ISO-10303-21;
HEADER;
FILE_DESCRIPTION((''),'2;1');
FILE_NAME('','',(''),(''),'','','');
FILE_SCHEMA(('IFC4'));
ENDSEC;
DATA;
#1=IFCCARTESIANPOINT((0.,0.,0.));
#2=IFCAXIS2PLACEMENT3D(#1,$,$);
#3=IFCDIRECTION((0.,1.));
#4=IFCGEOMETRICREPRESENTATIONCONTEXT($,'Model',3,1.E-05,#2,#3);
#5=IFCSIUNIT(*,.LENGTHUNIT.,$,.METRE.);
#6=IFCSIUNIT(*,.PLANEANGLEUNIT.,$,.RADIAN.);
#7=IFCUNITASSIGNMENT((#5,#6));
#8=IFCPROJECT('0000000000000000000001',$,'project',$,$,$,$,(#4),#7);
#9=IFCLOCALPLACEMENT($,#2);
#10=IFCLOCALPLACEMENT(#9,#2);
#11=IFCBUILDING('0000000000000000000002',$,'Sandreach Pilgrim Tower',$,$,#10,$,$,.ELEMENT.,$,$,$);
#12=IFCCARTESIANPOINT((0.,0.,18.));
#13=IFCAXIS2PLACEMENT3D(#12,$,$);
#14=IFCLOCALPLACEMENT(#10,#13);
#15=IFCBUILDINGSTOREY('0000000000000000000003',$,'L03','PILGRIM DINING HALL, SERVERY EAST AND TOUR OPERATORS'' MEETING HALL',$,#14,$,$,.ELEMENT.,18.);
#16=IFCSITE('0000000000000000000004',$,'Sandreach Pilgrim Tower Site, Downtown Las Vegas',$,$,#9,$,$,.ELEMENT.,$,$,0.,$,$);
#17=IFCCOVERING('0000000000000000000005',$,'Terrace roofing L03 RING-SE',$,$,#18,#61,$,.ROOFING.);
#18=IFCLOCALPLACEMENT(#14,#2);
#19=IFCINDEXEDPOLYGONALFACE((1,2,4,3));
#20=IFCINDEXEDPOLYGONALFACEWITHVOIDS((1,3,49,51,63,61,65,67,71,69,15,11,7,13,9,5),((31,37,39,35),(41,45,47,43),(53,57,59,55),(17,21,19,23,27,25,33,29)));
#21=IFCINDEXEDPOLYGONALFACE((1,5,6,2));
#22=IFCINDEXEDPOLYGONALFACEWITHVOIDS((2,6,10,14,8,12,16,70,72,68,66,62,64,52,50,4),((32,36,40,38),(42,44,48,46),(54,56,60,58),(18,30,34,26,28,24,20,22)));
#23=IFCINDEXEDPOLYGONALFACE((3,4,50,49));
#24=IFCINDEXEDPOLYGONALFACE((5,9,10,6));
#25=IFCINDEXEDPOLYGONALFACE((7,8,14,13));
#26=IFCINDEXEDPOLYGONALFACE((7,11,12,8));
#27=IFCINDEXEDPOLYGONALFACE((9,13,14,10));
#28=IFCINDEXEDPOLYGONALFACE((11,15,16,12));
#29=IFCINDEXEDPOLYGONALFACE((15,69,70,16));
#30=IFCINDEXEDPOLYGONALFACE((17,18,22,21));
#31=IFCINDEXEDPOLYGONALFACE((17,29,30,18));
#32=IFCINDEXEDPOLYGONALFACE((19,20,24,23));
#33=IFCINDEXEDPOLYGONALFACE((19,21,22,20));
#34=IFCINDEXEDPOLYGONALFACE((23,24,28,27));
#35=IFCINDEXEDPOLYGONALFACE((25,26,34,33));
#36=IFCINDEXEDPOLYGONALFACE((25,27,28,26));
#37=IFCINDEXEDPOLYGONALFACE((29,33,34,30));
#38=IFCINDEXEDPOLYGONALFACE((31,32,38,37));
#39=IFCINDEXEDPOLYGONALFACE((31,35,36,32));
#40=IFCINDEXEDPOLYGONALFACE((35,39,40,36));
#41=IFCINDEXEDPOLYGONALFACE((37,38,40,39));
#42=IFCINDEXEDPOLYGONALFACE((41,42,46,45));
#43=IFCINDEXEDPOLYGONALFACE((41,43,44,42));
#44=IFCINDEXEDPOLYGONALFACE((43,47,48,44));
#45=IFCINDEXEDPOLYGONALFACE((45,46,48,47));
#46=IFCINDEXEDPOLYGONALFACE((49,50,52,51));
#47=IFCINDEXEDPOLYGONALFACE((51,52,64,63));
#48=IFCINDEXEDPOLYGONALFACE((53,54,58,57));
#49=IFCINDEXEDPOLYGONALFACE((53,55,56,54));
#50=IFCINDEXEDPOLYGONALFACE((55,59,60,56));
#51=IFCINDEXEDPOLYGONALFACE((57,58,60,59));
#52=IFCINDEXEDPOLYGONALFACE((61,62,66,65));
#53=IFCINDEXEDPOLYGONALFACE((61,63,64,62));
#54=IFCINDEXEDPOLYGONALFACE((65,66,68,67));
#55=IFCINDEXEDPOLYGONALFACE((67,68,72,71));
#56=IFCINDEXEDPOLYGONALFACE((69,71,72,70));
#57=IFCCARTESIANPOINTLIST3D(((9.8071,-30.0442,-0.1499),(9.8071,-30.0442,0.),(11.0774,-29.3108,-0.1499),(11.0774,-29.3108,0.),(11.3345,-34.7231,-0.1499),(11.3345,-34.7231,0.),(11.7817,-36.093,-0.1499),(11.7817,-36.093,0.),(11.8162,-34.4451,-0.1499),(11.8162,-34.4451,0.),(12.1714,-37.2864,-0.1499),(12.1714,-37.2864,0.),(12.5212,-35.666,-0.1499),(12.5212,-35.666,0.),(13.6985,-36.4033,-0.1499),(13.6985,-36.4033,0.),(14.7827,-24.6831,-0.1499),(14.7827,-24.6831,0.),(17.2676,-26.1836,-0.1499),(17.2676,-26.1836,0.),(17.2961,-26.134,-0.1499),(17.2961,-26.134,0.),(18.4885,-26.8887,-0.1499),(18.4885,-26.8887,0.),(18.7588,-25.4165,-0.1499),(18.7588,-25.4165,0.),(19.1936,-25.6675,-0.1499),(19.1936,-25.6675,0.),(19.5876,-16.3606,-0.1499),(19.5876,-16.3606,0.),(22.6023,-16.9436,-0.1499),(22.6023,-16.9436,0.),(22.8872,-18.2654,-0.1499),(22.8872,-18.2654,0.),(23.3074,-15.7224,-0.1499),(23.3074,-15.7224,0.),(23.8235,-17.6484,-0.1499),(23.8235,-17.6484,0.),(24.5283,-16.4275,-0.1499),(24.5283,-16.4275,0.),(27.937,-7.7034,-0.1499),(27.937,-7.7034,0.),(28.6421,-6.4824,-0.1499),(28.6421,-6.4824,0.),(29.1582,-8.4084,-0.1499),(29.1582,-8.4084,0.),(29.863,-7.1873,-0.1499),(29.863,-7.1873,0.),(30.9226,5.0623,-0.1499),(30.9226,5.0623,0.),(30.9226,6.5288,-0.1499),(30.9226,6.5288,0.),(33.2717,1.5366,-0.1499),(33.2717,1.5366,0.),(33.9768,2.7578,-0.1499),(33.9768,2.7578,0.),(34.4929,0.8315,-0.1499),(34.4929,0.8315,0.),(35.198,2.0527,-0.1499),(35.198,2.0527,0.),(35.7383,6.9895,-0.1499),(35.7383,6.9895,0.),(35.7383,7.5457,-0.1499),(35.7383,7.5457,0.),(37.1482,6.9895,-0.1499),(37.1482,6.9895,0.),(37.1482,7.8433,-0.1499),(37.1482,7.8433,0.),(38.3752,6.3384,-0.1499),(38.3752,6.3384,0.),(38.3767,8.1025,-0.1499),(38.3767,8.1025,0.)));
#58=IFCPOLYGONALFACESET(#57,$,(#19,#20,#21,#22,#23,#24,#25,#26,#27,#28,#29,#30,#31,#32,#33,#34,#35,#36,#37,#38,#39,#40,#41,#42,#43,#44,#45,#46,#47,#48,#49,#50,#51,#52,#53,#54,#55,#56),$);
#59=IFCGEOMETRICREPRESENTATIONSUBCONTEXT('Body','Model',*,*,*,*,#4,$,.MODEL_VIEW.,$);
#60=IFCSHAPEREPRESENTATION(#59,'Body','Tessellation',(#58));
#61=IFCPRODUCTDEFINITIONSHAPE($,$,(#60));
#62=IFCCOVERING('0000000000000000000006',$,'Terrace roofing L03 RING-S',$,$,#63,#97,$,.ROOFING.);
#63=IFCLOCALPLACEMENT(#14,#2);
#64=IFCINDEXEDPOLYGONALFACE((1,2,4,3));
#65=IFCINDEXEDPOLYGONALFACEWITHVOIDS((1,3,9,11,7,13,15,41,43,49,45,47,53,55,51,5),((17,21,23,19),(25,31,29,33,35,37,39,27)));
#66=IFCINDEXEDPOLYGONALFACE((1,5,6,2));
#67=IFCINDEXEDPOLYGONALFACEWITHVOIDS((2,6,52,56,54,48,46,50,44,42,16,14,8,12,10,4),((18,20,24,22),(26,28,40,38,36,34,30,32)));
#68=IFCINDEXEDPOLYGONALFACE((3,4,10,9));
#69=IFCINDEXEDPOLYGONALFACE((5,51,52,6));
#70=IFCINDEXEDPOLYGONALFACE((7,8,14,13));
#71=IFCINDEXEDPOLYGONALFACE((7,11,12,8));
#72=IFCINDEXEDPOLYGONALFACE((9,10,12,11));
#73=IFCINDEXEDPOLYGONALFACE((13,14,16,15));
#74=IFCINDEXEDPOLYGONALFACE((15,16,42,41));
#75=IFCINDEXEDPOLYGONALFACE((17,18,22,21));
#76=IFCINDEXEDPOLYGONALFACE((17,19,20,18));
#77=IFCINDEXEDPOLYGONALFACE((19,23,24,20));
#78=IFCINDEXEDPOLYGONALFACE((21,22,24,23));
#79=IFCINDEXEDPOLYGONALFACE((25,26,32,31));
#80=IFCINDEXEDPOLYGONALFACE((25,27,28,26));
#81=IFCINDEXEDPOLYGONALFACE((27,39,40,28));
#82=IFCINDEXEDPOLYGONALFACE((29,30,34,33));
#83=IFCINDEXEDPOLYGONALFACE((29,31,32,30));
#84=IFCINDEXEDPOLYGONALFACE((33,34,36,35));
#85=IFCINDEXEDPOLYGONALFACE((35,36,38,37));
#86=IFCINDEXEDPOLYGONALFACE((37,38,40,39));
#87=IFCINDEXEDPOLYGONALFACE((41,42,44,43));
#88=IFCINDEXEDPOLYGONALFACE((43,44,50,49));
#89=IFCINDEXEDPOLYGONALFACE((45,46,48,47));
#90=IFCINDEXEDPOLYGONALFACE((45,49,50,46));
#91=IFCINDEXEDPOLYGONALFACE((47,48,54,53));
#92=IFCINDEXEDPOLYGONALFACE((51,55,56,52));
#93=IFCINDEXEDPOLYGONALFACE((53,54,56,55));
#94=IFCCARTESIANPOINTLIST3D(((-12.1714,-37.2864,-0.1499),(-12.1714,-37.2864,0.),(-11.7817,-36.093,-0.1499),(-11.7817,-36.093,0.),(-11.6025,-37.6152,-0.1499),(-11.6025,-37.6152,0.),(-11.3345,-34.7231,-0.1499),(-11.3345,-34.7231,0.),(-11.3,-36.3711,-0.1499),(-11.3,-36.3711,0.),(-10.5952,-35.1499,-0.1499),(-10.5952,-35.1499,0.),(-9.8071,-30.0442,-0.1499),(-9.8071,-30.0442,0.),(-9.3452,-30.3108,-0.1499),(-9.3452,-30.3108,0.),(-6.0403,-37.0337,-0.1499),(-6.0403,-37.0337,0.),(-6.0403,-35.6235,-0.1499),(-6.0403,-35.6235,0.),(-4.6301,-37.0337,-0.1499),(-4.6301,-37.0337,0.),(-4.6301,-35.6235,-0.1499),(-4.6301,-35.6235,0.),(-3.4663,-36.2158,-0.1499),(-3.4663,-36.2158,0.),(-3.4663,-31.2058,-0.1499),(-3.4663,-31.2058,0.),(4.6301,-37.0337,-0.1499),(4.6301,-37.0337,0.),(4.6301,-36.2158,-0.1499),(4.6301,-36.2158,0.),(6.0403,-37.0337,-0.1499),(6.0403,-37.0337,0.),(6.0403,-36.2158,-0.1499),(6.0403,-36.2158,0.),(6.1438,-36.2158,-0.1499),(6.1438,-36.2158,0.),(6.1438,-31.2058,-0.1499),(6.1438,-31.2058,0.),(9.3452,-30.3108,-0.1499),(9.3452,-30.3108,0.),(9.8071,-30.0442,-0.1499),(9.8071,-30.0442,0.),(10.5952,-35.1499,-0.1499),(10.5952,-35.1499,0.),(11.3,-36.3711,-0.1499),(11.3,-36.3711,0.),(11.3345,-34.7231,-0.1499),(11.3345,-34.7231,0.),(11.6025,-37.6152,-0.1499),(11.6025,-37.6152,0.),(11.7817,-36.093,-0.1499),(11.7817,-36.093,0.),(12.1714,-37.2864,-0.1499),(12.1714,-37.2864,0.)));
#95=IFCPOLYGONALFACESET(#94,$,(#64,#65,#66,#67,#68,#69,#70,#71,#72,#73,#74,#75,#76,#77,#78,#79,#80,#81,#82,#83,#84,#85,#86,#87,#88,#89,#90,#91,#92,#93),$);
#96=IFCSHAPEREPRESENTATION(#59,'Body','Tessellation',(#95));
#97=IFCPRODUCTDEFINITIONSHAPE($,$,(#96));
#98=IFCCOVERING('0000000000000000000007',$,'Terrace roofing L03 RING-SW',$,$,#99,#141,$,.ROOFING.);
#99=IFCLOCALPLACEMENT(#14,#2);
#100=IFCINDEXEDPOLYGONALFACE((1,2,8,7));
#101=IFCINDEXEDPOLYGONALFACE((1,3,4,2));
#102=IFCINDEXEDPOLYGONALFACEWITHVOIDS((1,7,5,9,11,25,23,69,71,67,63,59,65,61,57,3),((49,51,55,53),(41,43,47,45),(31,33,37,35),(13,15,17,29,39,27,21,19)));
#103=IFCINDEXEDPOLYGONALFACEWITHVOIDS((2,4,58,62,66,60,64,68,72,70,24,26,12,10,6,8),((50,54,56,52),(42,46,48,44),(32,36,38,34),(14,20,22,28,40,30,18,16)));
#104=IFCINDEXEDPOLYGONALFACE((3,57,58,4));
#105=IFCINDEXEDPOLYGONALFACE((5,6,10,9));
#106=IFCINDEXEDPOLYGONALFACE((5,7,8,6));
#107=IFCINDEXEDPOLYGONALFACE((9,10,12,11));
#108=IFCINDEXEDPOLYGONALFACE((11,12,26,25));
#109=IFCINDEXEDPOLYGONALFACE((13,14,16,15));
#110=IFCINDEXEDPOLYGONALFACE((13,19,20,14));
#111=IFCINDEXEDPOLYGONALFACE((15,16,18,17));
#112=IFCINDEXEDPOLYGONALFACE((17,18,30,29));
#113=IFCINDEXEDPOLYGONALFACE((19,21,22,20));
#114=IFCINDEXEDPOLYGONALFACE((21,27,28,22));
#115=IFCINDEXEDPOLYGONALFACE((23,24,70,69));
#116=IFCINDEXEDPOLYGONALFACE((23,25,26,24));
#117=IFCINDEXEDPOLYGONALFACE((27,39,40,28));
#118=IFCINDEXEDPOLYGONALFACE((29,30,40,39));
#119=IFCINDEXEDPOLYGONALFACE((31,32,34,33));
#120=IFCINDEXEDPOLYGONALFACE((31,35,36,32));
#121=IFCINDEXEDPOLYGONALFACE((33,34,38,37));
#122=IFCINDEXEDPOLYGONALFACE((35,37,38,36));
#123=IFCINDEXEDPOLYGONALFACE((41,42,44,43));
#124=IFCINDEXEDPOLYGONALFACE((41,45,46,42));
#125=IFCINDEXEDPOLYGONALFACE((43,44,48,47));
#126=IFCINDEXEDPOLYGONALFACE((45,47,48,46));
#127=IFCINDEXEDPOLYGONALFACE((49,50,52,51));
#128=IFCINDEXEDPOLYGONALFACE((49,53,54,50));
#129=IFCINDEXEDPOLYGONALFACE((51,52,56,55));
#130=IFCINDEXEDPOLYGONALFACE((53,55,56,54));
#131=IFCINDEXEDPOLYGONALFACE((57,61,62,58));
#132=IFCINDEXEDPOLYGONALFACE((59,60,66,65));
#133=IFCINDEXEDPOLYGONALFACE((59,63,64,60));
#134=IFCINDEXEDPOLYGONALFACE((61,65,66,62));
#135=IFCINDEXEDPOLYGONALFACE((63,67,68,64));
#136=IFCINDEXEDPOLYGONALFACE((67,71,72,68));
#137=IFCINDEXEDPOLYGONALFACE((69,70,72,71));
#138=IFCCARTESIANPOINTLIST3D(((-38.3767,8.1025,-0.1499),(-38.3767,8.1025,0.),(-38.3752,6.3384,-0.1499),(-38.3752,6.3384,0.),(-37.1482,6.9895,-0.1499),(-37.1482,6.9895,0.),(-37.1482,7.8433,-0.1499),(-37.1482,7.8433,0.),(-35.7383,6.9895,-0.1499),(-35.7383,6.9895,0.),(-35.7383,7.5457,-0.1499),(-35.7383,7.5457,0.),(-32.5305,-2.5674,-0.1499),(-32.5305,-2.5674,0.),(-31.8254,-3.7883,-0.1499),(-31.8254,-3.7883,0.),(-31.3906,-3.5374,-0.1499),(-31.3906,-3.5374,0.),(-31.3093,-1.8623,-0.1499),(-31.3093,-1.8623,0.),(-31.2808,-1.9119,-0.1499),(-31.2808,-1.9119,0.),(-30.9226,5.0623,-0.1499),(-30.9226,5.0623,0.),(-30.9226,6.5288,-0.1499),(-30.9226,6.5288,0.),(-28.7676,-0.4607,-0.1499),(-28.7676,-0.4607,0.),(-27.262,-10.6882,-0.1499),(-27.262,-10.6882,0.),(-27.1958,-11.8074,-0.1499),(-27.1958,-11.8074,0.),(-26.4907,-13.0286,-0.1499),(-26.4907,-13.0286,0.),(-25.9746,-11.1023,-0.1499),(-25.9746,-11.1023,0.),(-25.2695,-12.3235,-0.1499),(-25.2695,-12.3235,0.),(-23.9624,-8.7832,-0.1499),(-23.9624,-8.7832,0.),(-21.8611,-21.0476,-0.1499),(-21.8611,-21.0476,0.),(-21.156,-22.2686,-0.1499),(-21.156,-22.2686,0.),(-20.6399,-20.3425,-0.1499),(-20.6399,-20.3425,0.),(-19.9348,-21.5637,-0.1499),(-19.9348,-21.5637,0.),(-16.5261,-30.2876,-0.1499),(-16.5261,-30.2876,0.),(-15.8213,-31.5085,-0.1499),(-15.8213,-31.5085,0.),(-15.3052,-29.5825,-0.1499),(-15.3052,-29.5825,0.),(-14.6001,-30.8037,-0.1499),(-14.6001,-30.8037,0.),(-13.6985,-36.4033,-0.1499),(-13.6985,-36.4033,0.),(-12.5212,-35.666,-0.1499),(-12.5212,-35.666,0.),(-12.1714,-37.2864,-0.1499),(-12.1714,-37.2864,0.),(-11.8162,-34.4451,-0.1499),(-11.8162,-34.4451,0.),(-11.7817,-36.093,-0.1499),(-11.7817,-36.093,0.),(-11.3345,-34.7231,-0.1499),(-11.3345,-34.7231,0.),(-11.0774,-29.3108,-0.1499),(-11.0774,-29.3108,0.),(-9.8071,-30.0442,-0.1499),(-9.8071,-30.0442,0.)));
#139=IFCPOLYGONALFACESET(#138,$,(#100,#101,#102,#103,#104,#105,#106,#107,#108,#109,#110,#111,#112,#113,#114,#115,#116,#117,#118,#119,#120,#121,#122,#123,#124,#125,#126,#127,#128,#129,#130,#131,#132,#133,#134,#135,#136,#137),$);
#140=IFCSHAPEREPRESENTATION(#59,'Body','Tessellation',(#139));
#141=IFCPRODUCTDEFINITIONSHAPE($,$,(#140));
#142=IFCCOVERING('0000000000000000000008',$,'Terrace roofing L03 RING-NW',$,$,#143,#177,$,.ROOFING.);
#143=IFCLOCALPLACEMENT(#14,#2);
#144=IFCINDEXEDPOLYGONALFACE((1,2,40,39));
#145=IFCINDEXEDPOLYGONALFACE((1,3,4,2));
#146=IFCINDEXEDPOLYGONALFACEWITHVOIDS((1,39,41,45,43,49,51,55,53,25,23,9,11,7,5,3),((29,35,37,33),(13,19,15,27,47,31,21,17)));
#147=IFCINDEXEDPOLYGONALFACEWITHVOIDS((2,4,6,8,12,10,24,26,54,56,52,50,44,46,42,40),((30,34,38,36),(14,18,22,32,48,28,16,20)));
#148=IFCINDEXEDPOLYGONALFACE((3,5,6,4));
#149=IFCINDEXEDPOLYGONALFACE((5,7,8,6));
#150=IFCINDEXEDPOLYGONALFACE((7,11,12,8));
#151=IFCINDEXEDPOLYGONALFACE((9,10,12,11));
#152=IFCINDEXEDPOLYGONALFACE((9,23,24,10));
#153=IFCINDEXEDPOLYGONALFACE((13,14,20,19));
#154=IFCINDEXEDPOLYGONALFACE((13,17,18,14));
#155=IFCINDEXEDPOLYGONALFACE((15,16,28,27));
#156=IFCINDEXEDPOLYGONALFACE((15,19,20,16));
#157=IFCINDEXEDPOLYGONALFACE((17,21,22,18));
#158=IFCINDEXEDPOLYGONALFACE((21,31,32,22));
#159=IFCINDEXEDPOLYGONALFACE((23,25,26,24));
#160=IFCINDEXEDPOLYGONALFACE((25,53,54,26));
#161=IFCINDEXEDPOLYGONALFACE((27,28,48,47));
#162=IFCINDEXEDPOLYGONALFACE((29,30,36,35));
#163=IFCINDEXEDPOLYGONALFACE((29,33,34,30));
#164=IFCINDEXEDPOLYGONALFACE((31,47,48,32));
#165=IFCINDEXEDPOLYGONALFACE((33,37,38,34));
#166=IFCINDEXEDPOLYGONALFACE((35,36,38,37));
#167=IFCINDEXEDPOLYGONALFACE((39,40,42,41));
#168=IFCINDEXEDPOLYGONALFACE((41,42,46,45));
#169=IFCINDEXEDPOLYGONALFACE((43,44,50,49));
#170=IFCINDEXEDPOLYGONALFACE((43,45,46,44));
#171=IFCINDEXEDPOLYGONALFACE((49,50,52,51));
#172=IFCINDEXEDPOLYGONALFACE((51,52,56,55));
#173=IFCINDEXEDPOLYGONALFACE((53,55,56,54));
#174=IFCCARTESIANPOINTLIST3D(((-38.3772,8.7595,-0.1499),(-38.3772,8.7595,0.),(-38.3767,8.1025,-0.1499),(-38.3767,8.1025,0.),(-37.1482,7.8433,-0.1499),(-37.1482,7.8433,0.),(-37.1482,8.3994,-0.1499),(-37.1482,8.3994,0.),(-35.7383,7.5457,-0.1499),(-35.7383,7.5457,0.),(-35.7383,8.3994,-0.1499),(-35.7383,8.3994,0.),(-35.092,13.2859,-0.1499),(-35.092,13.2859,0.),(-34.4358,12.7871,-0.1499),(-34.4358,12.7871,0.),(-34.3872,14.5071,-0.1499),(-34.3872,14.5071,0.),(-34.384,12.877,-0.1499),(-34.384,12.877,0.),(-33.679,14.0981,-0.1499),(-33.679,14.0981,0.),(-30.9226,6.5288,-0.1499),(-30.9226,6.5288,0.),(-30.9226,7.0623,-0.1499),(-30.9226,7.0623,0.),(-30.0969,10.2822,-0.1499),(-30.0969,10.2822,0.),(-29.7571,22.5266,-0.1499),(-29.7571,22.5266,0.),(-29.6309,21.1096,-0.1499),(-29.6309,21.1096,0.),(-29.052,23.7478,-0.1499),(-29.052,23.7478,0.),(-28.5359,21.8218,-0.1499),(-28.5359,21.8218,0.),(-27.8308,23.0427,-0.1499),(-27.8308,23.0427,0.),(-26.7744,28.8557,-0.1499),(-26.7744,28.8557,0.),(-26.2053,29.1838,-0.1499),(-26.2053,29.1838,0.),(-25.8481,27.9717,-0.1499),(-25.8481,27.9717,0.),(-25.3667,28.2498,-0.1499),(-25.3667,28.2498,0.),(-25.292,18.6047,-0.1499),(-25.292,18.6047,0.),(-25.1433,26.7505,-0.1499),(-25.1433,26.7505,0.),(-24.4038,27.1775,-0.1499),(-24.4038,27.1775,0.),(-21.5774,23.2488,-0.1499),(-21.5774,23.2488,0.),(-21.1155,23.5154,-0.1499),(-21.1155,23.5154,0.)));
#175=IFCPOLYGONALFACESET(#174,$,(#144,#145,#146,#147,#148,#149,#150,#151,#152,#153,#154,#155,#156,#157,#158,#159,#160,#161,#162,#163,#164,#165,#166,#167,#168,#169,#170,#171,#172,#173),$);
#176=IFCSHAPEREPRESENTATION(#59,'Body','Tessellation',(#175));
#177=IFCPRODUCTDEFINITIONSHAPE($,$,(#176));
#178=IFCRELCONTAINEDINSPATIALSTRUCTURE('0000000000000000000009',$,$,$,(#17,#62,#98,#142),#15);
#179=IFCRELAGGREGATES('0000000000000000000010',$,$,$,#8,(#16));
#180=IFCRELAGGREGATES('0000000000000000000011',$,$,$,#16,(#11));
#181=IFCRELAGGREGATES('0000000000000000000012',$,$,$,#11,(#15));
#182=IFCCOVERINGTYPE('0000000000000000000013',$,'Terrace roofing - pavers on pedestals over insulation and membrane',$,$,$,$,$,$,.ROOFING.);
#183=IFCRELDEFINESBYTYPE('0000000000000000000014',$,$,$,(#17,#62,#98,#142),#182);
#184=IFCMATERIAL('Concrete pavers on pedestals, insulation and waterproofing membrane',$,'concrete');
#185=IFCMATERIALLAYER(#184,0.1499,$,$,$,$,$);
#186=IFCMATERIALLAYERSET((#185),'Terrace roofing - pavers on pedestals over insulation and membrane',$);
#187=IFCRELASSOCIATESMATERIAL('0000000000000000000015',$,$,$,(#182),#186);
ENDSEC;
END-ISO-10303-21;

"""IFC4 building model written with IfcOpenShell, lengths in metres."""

from ifc_helpers import new_model, si_unit, direction, frame, origin, place, context, subcontext, project, spatial, polyline, outline, extrude, material, layer, layer_set, type_object, element, save


model = new_model("IFC4")

# Units and contexts
model_context = context("Model", 3, precision=1e-05, world=origin(), true_north=direction((0.0, 1.0)))
body_context = subcontext(model_context, "Body", "Model", "MODEL_VIEW")
ifc_project = project(units=[si_unit("LENGTHUNIT", "METRE"), si_unit("PLANEANGLEUNIT", "RADIAN")], contexts=[model_context])

# Site, building, storey
site_placement = place(None, origin())
site = spatial("IfcSite", under=ifc_project, at=site_placement, Name="Sandreach Pilgrim Tower Site, Downtown Las Vegas", CompositionType="ELEMENT", RefElevation=0.0)
building_placement = place(site_placement, origin())
building = spatial("IfcBuilding", under=site, at=building_placement, Name="Sandreach Pilgrim Tower", CompositionType="ELEMENT")
storey_placement = place(building_placement, frame((0.0, 0.0, 18.0)))
storey = spatial("IfcBuildingStorey", under=building, at=storey_placement, Name="L03", Description="PILGRIM DINING HALL, SERVERY EAST AND TOUR OPERATORS' MEETING HALL", CompositionType="ELEMENT", Elevation=18.0)

# Coverings
ifc_material_1 = material(Name="Concrete pavers on pedestals, insulation and waterproofing membrane", Category="concrete")
ifc_layer_1 = layer(ifc_material_1, 0.1499)
ifc_layer_set_1 = layer_set([ifc_layer_1], Name="Terrace roofing - pavers on pedestals over insulation and membrane")
covering_type_1 = type_object("IfcCoveringType", Name="Terrace roofing - pavers on pedestals over insulation and membrane", PredefinedType="ROOFING", material=ifc_layer_set_1)
covering_1_placement = place(storey_placement, frame((0.0, 0.0, -0.1499)))
element("IfcCovering", 1, at=covering_1_placement, inside=storey, type_object=covering_type_1, Name="Terrace roofing L03 RING-SE", PredefinedType="ROOFING", context=body_context, shape_type="SweptSolid", body=[
    extrude(outline(polyline([(11.7817, -36.093), (12.5212, -35.666), (11.8162, -34.4451), (11.3345, -34.7231), (9.8071, -30.0442), (11.0774, -29.3108), (30.9226, 5.0623), (30.9226, 6.5288), (35.7383, 7.5457), (35.7383, 6.9895), (37.1482, 6.9895), (37.1482, 7.8433), (38.3767, 8.1025), (38.3752, 6.3384), (13.6985, -36.4033), (12.1714, -37.2864), (11.7817, -36.093)]), holes=[polyline([(18.7588, -25.4165), (22.8872, -18.2654), (19.5876, -16.3606), (14.7827, -24.6831), (17.2961, -26.134), (17.2676, -26.1836), (18.4885, -26.8887), (19.1936, -25.6675), (18.7588, -25.4165)]), polyline([(22.6023, -16.9436), (23.8235, -17.6484), (24.5283, -16.4275), (23.3074, -15.7224), (22.6023, -16.9436)]), polyline([(29.1582, -8.4084), (29.863, -7.1873), (28.6421, -6.4824), (27.937, -7.7034), (29.1582, -8.4084)]), polyline([(34.4929, 0.8315), (35.198, 2.0527), (33.9768, 2.7578), (33.2717, 1.5366), (34.4929, 0.8315)])]), origin(), (0.0, 0.0, 1.0), 0.1499),
])
covering_2_placement = place(storey_placement, frame((0.0, 0.0, -0.1499)))
element("IfcCovering", 2, at=covering_2_placement, inside=storey, type_object=covering_type_1, Name="Terrace roofing L03 RING-S", PredefinedType="ROOFING", context=body_context, shape_type="SweptSolid", body=[
    extrude(outline(polyline([(-11.7817, -36.093), (-11.3, -36.3711), (-10.5952, -35.1499), (-11.3345, -34.7231), (-9.8071, -30.0442), (-9.3452, -30.3108), (9.3452, -30.3108), (9.8071, -30.0442), (11.3345, -34.7231), (10.5952, -35.1499), (11.3, -36.3711), (11.7817, -36.093), (12.1714, -37.2864), (11.6025, -37.6152), (-11.6025, -37.6152), (-12.1714, -37.2864), (-11.7817, -36.093)]), holes=[polyline([(-6.0403, -37.0337), (-4.6301, -37.0337), (-4.6301, -35.6235), (-6.0403, -35.6235), (-6.0403, -37.0337)]), polyline([(-3.4663, -36.2158), (4.6301, -36.2158), (4.6301, -37.0337), (6.0403, -37.0337), (6.0403, -36.2158), (6.1438, -36.2158), (6.1438, -31.2058), (-3.4663, -31.2058), (-3.4663, -36.2158)])]), origin(), (0.0, 0.0, 1.0), 0.1499),
])
covering_3_placement = place(storey_placement, frame((0.0, 0.0, -0.1499)))
element("IfcCovering", 3, at=covering_3_placement, inside=storey, type_object=covering_type_1, Name="Terrace roofing L03 RING-SW", PredefinedType="ROOFING", context=body_context, shape_type="SweptSolid", body=[
    extrude(outline(polyline([(-37.1482, 7.8433), (-37.1482, 6.9895), (-35.7383, 6.9895), (-35.7383, 7.5457), (-30.9226, 6.5288), (-30.9226, 5.0623), (-11.0774, -29.3108), (-9.8071, -30.0442), (-11.3345, -34.7231), (-11.8162, -34.4451), (-12.5212, -35.666), (-11.7817, -36.093), (-12.1714, -37.2864), (-13.6985, -36.4033), (-38.3752, 6.3384), (-38.3767, 8.1025), (-37.1482, 7.8433)]), holes=[polyline([(-27.1958, -11.8074), (-26.4907, -13.0286), (-25.2695, -12.3235), (-25.9746, -11.1023), (-27.1958, -11.8074)]), polyline([(-28.7676, -0.4607), (-31.2808, -1.9119), (-31.3093, -1.8623), (-32.5305, -2.5674), (-31.8254, -3.7883), (-31.3906, -3.5374), (-27.262, -10.6882), (-23.9624, -8.7832), (-28.7676, -0.4607)]), polyline([(-15.3052, -29.5825), (-16.5261, -30.2876), (-15.8213, -31.5085), (-14.6001, -30.8037), (-15.3052, -29.5825)]), polyline([(-21.8611, -21.0476), (-21.156, -22.2686), (-19.9348, -21.5637), (-20.6399, -20.3425), (-21.8611, -21.0476)])]), origin(), (0.0, 0.0, 1.0), 0.1499),
])
covering_4_placement = place(storey_placement, frame((0.0, 0.0, -0.1499)))
element("IfcCovering", 4, at=covering_4_placement, inside=storey, type_object=covering_type_1, Name="Terrace roofing L03 RING-NW", PredefinedType="ROOFING", context=body_context, shape_type="SweptSolid", body=[
    extrude(outline(polyline([(-25.3667, 28.2498), (-25.8481, 27.9717), (-25.1433, 26.7505), (-24.4038, 27.1775), (-21.1155, 23.5154), (-21.5774, 23.2488), (-30.9226, 7.0623), (-30.9226, 6.5288), (-35.7383, 7.5457), (-35.7383, 8.3994), (-37.1482, 8.3994), (-37.1482, 7.8433), (-38.3767, 8.1025), (-38.3772, 8.7595), (-26.7744, 28.8557), (-26.2053, 29.1838), (-25.3667, 28.2498)]), holes=[polyline([(-33.679, 14.0981), (-34.3872, 14.5071), (-35.092, 13.2859), (-34.384, 12.877), (-34.4358, 12.7871), (-30.0969, 10.2822), (-25.292, 18.6047), (-29.6309, 21.1096), (-33.679, 14.0981)]), polyline([(-27.8308, 23.0427), (-29.052, 23.7478), (-29.7571, 22.5266), (-28.5359, 21.8218), (-27.8308, 23.0427)])]), origin(), (0.0, 0.0, 1.0), 0.1499),
])

save(model, "model.ifc")
